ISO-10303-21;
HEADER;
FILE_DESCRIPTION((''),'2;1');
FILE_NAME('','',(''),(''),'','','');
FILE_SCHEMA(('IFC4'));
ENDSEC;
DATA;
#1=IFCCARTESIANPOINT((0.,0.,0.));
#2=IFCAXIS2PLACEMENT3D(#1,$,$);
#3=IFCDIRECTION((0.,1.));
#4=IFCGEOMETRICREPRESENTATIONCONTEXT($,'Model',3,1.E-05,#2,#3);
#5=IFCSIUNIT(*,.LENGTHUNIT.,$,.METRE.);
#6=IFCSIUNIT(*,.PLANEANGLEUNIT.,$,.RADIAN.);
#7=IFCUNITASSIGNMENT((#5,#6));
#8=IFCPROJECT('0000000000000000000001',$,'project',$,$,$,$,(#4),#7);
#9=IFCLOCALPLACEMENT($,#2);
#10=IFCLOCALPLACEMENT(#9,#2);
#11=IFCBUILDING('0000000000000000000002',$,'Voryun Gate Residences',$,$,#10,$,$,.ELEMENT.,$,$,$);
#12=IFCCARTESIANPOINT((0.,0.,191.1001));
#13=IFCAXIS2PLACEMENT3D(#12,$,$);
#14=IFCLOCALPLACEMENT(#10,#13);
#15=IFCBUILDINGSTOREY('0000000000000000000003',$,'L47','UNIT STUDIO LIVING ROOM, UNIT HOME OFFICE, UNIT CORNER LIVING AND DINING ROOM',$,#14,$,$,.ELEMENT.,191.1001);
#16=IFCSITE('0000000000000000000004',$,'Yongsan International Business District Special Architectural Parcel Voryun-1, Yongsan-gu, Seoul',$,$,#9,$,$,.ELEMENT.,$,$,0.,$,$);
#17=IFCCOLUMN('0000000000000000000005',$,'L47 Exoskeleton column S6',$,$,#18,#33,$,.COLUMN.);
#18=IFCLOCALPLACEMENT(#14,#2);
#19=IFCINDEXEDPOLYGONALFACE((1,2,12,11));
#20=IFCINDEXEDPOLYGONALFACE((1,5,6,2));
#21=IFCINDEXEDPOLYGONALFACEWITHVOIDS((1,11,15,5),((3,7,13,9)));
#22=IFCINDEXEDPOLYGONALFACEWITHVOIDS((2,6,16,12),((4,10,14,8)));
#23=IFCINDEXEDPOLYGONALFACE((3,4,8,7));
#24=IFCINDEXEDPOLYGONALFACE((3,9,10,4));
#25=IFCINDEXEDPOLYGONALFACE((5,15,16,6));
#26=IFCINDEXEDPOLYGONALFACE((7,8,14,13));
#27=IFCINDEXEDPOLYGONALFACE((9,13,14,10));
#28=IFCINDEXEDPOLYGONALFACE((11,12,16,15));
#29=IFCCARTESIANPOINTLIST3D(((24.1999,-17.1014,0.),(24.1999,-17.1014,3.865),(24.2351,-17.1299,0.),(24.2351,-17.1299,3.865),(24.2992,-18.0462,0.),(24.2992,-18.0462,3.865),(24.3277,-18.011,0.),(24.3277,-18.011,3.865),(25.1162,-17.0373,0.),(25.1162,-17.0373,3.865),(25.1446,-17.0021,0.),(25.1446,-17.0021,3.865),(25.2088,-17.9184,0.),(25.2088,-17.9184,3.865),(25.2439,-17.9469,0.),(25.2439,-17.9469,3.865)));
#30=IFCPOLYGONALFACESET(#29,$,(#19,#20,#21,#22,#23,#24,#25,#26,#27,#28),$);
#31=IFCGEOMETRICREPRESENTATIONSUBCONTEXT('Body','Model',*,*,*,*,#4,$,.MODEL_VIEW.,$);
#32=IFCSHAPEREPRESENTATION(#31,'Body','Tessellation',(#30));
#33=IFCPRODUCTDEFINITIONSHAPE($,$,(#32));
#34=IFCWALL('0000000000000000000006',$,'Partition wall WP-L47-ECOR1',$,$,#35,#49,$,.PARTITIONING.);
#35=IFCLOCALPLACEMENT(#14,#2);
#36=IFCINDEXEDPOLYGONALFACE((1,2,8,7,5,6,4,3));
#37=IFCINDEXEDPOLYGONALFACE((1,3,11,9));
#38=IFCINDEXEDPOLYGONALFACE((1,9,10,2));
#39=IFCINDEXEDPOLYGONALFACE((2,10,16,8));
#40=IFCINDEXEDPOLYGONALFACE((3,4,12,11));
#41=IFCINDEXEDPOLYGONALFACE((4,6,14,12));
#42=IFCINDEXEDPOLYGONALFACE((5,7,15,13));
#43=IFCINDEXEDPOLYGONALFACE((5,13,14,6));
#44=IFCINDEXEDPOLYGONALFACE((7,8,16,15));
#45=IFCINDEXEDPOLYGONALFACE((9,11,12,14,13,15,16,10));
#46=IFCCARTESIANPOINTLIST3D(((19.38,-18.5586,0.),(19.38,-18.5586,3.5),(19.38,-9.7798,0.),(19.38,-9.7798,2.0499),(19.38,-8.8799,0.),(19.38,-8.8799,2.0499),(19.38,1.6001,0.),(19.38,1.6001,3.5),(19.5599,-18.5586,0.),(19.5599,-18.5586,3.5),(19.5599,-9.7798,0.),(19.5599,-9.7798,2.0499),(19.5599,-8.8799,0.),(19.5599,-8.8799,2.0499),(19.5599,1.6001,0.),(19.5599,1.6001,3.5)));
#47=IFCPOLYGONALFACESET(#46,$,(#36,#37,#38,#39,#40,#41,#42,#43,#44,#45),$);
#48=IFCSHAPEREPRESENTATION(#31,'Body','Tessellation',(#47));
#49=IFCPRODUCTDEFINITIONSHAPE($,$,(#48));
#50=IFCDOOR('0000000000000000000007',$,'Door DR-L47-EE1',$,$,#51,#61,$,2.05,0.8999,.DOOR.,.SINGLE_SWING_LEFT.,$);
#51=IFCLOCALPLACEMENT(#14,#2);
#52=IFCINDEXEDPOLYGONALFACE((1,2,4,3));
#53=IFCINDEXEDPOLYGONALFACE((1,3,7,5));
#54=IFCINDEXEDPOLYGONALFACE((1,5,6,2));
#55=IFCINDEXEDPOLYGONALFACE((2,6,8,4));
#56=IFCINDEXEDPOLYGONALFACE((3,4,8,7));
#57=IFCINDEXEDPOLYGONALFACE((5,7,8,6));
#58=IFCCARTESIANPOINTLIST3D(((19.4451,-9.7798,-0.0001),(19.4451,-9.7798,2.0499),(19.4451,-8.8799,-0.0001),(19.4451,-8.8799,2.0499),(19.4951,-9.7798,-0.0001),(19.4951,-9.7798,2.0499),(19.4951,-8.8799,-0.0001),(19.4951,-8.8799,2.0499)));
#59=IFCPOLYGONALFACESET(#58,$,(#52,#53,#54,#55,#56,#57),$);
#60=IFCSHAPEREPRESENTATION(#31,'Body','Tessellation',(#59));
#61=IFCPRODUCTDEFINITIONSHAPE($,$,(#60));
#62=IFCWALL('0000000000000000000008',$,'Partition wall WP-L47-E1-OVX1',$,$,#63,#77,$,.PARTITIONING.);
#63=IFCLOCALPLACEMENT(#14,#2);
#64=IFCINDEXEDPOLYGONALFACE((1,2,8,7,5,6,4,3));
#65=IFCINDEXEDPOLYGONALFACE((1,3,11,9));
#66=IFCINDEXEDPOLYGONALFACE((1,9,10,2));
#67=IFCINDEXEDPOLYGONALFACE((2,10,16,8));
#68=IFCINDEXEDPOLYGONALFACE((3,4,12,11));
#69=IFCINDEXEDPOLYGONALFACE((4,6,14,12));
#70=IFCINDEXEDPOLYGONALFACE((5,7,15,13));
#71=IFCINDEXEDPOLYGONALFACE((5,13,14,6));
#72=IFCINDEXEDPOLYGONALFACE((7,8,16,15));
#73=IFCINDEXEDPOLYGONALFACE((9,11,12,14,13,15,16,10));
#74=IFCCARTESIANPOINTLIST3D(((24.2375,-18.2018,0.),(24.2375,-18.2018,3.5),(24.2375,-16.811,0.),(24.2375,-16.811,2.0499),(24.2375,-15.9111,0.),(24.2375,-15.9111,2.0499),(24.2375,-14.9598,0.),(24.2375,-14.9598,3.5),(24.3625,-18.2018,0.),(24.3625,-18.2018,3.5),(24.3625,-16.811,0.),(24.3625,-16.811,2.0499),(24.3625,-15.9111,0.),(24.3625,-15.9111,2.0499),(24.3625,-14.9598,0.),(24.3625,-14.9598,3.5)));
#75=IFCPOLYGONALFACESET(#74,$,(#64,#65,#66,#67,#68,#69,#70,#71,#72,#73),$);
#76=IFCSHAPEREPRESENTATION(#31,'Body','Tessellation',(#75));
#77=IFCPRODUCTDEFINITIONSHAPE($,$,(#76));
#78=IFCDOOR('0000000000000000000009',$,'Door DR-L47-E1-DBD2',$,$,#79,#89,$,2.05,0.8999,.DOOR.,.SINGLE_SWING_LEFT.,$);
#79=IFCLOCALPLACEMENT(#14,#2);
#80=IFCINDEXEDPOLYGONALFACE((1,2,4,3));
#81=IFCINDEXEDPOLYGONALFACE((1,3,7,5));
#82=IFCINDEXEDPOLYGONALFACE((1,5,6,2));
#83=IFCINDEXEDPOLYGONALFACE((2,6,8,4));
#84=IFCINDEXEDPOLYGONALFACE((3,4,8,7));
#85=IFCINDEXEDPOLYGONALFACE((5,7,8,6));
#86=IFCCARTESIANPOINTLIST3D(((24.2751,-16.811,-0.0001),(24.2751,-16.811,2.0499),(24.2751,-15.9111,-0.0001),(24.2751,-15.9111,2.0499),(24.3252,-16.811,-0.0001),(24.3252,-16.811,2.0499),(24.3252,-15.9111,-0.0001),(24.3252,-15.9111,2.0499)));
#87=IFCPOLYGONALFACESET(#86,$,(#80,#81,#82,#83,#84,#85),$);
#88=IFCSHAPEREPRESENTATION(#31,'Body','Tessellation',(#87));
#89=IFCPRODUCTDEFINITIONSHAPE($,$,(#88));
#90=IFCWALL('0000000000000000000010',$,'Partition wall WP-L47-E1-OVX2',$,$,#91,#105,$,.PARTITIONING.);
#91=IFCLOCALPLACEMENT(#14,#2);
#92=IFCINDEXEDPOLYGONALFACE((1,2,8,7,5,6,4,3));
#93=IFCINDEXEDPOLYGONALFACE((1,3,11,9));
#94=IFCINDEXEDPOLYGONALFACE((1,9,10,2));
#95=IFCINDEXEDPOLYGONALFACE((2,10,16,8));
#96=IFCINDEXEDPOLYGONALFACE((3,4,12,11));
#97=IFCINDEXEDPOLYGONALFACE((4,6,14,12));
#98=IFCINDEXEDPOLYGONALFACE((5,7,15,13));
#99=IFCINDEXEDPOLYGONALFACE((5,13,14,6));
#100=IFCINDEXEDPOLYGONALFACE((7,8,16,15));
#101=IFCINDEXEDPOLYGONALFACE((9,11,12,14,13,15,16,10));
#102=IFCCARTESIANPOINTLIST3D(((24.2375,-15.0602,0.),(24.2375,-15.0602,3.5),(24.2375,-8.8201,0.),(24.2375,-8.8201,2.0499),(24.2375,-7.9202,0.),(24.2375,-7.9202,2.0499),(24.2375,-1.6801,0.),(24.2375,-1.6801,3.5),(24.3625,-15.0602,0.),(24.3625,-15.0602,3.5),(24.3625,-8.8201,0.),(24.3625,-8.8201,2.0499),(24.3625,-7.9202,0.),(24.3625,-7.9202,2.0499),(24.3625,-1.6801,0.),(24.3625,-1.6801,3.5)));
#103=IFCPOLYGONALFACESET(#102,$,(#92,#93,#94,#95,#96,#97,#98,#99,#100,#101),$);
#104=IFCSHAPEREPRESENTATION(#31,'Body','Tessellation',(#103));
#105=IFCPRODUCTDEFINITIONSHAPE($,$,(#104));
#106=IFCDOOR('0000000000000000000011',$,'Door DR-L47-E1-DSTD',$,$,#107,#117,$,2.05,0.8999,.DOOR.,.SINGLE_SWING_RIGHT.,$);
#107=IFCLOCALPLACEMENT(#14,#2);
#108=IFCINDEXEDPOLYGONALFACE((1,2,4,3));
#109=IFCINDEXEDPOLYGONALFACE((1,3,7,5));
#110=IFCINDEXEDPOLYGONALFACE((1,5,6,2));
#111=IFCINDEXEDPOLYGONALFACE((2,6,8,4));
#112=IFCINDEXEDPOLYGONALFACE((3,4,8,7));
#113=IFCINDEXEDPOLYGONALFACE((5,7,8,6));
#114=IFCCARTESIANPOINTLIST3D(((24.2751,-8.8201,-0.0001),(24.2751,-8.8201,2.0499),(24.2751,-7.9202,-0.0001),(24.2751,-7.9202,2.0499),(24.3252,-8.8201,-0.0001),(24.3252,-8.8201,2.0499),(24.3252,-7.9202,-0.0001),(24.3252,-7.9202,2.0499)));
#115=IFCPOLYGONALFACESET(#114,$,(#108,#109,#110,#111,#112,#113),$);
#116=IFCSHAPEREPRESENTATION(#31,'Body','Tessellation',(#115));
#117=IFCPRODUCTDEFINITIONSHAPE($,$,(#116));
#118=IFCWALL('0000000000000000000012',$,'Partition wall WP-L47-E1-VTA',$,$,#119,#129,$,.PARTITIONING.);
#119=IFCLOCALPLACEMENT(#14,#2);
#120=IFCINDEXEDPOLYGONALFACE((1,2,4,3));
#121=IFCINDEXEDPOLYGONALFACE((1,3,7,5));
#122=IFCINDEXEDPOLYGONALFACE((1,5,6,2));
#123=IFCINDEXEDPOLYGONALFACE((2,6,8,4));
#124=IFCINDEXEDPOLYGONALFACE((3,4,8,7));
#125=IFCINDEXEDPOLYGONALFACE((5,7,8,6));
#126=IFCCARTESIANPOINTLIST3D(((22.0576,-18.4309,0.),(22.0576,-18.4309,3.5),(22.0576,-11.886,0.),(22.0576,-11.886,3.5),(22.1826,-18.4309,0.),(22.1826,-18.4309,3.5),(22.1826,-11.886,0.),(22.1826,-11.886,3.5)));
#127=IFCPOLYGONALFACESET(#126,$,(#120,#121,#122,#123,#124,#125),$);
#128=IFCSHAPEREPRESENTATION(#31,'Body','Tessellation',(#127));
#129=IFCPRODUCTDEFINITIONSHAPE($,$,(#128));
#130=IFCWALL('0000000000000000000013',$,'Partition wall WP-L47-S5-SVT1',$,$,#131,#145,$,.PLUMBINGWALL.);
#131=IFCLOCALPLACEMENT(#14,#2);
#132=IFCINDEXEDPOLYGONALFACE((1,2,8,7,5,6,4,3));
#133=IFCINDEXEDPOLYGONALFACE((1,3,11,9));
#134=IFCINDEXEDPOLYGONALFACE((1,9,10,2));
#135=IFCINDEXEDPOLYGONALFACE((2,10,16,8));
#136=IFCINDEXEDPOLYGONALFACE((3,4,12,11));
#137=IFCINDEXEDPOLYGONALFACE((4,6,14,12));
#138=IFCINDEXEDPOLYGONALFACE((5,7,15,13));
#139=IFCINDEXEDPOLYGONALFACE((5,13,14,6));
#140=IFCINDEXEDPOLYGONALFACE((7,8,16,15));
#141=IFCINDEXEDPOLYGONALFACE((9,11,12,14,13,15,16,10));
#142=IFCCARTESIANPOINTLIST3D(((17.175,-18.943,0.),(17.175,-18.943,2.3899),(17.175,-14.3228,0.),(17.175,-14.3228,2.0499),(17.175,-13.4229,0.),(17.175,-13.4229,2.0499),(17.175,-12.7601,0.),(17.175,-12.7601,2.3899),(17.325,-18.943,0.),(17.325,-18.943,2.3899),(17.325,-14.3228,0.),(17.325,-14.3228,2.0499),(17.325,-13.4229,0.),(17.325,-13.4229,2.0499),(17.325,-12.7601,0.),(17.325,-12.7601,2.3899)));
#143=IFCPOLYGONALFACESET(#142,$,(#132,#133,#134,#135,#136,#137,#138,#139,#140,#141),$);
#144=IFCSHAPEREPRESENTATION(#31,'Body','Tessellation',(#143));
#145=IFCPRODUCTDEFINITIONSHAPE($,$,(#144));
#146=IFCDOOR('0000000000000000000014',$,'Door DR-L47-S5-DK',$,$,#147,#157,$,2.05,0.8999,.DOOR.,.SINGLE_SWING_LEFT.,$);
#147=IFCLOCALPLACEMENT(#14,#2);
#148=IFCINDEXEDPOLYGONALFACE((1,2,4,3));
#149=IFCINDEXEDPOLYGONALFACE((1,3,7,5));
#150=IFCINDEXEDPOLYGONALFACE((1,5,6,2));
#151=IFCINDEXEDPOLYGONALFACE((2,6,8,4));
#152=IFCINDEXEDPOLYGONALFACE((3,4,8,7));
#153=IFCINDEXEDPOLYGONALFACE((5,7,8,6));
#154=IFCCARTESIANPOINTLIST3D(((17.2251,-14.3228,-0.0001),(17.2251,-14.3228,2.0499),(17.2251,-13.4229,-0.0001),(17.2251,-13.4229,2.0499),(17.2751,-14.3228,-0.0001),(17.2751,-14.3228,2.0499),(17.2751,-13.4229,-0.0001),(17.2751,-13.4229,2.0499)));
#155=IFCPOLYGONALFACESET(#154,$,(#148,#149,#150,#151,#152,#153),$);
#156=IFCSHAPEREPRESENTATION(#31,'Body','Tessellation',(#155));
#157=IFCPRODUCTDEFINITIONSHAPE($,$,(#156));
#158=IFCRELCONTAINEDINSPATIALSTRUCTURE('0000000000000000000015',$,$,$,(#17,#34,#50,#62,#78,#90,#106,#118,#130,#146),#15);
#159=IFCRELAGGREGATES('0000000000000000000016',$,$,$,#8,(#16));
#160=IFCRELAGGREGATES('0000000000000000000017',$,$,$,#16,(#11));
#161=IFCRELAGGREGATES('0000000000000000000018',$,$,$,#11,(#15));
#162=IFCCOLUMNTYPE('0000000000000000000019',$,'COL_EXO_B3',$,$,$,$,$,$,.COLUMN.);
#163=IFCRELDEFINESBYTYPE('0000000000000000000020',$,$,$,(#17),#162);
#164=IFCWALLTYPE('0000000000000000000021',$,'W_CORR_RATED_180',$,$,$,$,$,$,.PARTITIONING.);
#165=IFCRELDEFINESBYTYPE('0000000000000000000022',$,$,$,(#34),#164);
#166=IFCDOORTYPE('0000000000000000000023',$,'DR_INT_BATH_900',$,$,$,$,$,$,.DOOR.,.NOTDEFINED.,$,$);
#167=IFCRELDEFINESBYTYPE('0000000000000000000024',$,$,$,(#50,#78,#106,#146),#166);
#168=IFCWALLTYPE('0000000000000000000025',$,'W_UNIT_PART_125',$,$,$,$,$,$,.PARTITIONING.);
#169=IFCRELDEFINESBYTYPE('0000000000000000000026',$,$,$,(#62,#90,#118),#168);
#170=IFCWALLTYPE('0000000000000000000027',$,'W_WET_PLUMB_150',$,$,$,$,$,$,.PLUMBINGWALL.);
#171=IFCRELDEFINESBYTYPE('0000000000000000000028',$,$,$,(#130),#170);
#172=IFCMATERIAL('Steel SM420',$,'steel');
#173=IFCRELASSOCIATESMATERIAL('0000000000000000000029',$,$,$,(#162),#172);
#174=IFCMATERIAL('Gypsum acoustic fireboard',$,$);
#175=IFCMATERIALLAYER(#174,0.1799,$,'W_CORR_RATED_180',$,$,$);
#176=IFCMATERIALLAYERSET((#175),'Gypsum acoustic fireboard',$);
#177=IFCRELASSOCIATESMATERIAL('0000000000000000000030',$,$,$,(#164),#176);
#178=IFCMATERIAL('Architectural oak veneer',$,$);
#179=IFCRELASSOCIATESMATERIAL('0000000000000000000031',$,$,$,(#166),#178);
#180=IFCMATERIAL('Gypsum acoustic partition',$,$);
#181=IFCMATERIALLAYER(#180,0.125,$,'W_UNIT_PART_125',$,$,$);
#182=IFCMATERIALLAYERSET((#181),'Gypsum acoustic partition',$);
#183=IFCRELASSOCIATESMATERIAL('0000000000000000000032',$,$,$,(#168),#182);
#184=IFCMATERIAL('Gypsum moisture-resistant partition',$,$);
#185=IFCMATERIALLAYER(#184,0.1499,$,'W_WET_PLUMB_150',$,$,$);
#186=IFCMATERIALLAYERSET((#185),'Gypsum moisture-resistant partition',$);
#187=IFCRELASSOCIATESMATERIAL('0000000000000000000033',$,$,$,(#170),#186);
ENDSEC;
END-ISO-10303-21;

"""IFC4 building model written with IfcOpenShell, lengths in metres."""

from ifc_helpers import new_model, si_unit, direction, frame, frame_2d, origin, origin_2d, place, context, subcontext, project, spatial, rectangle, hollow_rectangle, extrude, material, layer, layer_set, material_profile, profile_set, type_object, element, fill, save


model = new_model("IFC4")

# Units and contexts
model_context = context("Model", 3, precision=1e-05, world=origin(), true_north=direction((0.0, 1.0)))
body_context = subcontext(model_context, "Body", "Model", "MODEL_VIEW")
ifc_project = project(units=[si_unit("LENGTHUNIT", "METRE"), si_unit("PLANEANGLEUNIT", "RADIAN")], contexts=[model_context])

# Site, building, storey
site_placement = place(None, origin())
site = spatial("IfcSite", under=ifc_project, at=site_placement, Name="Yongsan International Business District Special Architectural Parcel Voryun-1, Yongsan-gu, Seoul", CompositionType="ELEMENT", RefElevation=0.0)
building_placement = place(site_placement, origin())
building = spatial("IfcBuilding", under=site, at=building_placement, Name="Voryun Gate Residences", CompositionType="ELEMENT")
storey_placement = place(building_placement, frame((0.0, 0.0, 191.1001)))
storey = spatial("IfcBuildingStorey", under=building, at=storey_placement, Name="L47", Description="UNIT STUDIO LIVING ROOM, UNIT HOME OFFICE, UNIT CORNER LIVING AND DINING ROOM", CompositionType="ELEMENT", Elevation=191.1001)

# Column
ifc_material_1 = material(Name="Steel SM420", Category="steel")
ifc_material_profile = material_profile(ifc_material_1, hollow_rectangle(XDim=0.95, YDim=0.95, WallThickness=0.032, at=origin_2d()), Name="BOX-950x950x32")
ifc_profile_set = profile_set([ifc_material_profile], Name="Steel SM420")
column_type = type_object("IfcColumnType", Name="COL_EXO_B3", PredefinedType="COLUMN", material=ifc_profile_set)
column_placement = place(storey_placement, frame((24.7219, -17.5242, 0.0), z_axis=(0.0, 0.0, 1.0), x_axis=(0.994522, 0.104528, 0.0)))
element("IfcColumn", 1, at=column_placement, inside=storey, type_object=column_type, Name="L47 Exoskeleton column S6", PredefinedType="COLUMN", context=body_context, shape_type="SweptSolid", body=[
    extrude(hollow_rectangle(XDim=0.95, YDim=0.95, WallThickness=0.032, at=origin_2d()), origin(), (0.0, 0.0, 1.0), 3.865),
])

# Walls, openings, doors
ifc_material_2 = material(Name="Gypsum acoustic fireboard")
ifc_layer_1 = layer(ifc_material_2, 0.1799, Name="W_CORR_RATED_180")
ifc_layer_set_1 = layer_set([ifc_layer_1], Name="Gypsum acoustic fireboard")
wall_type_1 = type_object("IfcWallType", Name="W_CORR_RATED_180", PredefinedType="PARTITIONING", material=ifc_layer_set_1)
wall_1_placement = place(storey_placement, frame((19.47, -18.5586, 0.0), z_axis=(0.0, 0.0, 1.0), x_axis=(0.0, 1.0, 0.0)))
wall_1 = element("IfcWall", 2, at=wall_1_placement, inside=storey, type_object=wall_type_1, Name="Partition wall WP-L47-ECOR1", PredefinedType="PARTITIONING", context=body_context, shape_type="SweptSolid", body=[
    extrude(rectangle(XDim=20.1587, YDim=0.1799, at=frame_2d((10.0793, 0.0))), origin(), (0.0, 0.0, 1.0), 3.5),
])
opening_1_placement = place(wall_1_placement, frame((8.7788, 0.0, 0.0)))
opening_1 = element("IfcOpeningElement", 3, at=opening_1_placement, cuts=wall_1, PredefinedType="OPENING", context=body_context, shape_type="SweptSolid", body=[
    extrude(rectangle(XDim=0.8999, YDim=2.05, at=frame_2d((0.45, 1.0249))), frame((0.0, 0.0999, 0.0), z_axis=(0.0, -1.0, 0.0), x_axis=(1.0, 0.0, 0.0)), (0.0, 0.0, 1.0), 0.2),
])
ifc_material_3 = material(Name="Architectural oak veneer")
door_type = type_object("IfcDoorType", Name="DR_INT_BATH_900", OperationType="NOTDEFINED", PredefinedType="DOOR", material=ifc_material_3)
door_1_placement = place(opening_1_placement, origin())
door_1 = element("IfcDoor", 4, at=door_1_placement, inside=storey, type_object=door_type, Name="Door DR-L47-EE1", OperationType="SINGLE_SWING_LEFT", OverallHeight=2.05, OverallWidth=0.8999, PredefinedType="DOOR", context=body_context, shape_type="SweptSolid", body=[
    extrude(rectangle(XDim=0.8999, YDim=2.05, at=frame_2d((0.45, 1.0249))), frame((0.0, 0.0249, 0.0), z_axis=(0.0, -1.0, 0.0), x_axis=(1.0, 0.0, 0.0)), (0.0, 0.0, 1.0), 0.05),
])
fill(opening_1, door_1)
ifc_material_4 = material(Name="Gypsum acoustic partition")
ifc_layer_2 = layer(ifc_material_4, 0.125, Name="W_UNIT_PART_125")
ifc_layer_set_2 = layer_set([ifc_layer_2], Name="Gypsum acoustic partition")
wall_type_2 = type_object("IfcWallType", Name="W_UNIT_PART_125", PredefinedType="PARTITIONING", material=ifc_layer_set_2)
wall_2_placement = place(storey_placement, frame((24.3, -18.2019, 0.0), z_axis=(0.0, 0.0, 1.0), x_axis=(0.0, 1.0, 0.0)))
wall_2 = element("IfcWall", 5, at=wall_2_placement, inside=storey, type_object=wall_type_2, Name="Partition wall WP-L47-E1-OVX1", PredefinedType="PARTITIONING", context=body_context, shape_type="SweptSolid", body=[
    extrude(rectangle(XDim=3.2419, YDim=0.125, at=frame_2d((1.6211, 0.0))), origin(), (0.0, 0.0, 1.0), 3.5),
])
opening_2_placement = place(wall_2_placement, frame((1.3909, 0.0, 0.0)))
opening_2 = element("IfcOpeningElement", 6, at=opening_2_placement, cuts=wall_2, PredefinedType="OPENING", context=body_context, shape_type="SweptSolid", body=[
    extrude(rectangle(XDim=0.8999, YDim=2.05, at=frame_2d((0.45, 1.0249))), frame((0.0, 0.0725, 0.0), z_axis=(0.0, -1.0, 0.0), x_axis=(1.0, 0.0, 0.0)), (0.0, 0.0, 1.0), 0.145),
])
door_2_placement = place(opening_2_placement, origin())
door_2 = element("IfcDoor", 7, at=door_2_placement, inside=storey, type_object=door_type, Name="Door DR-L47-E1-DBD2", OperationType="SINGLE_SWING_LEFT", OverallHeight=2.05, OverallWidth=0.8999, PredefinedType="DOOR", context=body_context, shape_type="SweptSolid", body=[
    extrude(rectangle(XDim=0.8999, YDim=2.05, at=frame_2d((0.45, 1.0249))), frame((0.0, 0.0249, 0.0), z_axis=(0.0, -1.0, 0.0), x_axis=(1.0, 0.0, 0.0)), (0.0, 0.0, 1.0), 0.05),
])
fill(opening_2, door_2)
wall_3_placement = place(storey_placement, frame((24.3, -15.0601, 0.0), z_axis=(0.0, 0.0, 1.0), x_axis=(0.0, 1.0, 0.0)))
wall_3 = element("IfcWall", 8, at=wall_3_placement, inside=storey, type_object=wall_type_2, Name="Partition wall WP-L47-E1-OVX2", PredefinedType="PARTITIONING", context=body_context, shape_type="SweptSolid", body=[
    extrude(rectangle(XDim=13.3801, YDim=0.125, at=frame_2d((6.6899, 0.0))), origin(), (0.0, 0.0, 1.0), 3.5),
])
opening_3_placement = place(wall_3_placement, frame((6.24, 0.0, 0.0)))
opening_3 = element("IfcOpeningElement", 9, at=opening_3_placement, cuts=wall_3, PredefinedType="OPENING", context=body_context, shape_type="SweptSolid", body=[
    extrude(rectangle(XDim=0.8999, YDim=2.05, at=frame_2d((0.45, 1.0249))), frame((0.0, 0.0725, 0.0), z_axis=(0.0, -1.0, 0.0), x_axis=(1.0, 0.0, 0.0)), (0.0, 0.0, 1.0), 0.145),
])
door_3_placement = place(opening_3_placement, origin())
door_3 = element("IfcDoor", 10, at=door_3_placement, inside=storey, type_object=door_type, Name="Door DR-L47-E1-DSTD", OperationType="SINGLE_SWING_RIGHT", OverallHeight=2.05, OverallWidth=0.8999, PredefinedType="DOOR", context=body_context, shape_type="SweptSolid", body=[
    extrude(rectangle(XDim=0.8999, YDim=2.05, at=frame_2d((0.45, 1.0249))), frame((0.0, 0.0249, 0.0), z_axis=(0.0, -1.0, 0.0), x_axis=(1.0, 0.0, 0.0)), (0.0, 0.0, 1.0), 0.05),
])
fill(opening_3, door_3)

# Wall
wall_4_placement = place(storey_placement, frame((22.1201, -18.4309, 0.0), z_axis=(0.0, 0.0, 1.0), x_axis=(0.0, 1.0, 0.0)))
element("IfcWall", 11, at=wall_4_placement, inside=storey, type_object=wall_type_2, Name="Partition wall WP-L47-E1-VTA", PredefinedType="PARTITIONING", context=body_context, shape_type="SweptSolid", body=[
    extrude(rectangle(XDim=6.5449, YDim=0.125, at=frame_2d((3.2725, 0.0))), origin(), (0.0, 0.0, 1.0), 3.5),
])

# Wall, opening, door
ifc_material_5 = material(Name="Gypsum moisture-resistant partition")
ifc_layer_3 = layer(ifc_material_5, 0.1499, Name="W_WET_PLUMB_150")
ifc_layer_set_3 = layer_set([ifc_layer_3], Name="Gypsum moisture-resistant partition")
wall_type_3 = type_object("IfcWallType", Name="W_WET_PLUMB_150", PredefinedType="PLUMBINGWALL", material=ifc_layer_set_3)
wall_5_placement = place(storey_placement, frame((17.25, -18.9429, 0.0), z_axis=(0.0, 0.0, 1.0), x_axis=(0.0, 1.0, 0.0)))
wall_5 = element("IfcWall", 12, at=wall_5_placement, inside=storey, type_object=wall_type_3, Name="Partition wall WP-L47-S5-SVT1", PredefinedType="PLUMBINGWALL", context=body_context, shape_type="SweptSolid", body=[
    extrude(rectangle(XDim=6.1829, YDim=0.1499, at=frame_2d((3.0913, 0.0))), origin(), (0.0, 0.0, 1.0), 2.3899),
])
opening_4_placement = place(wall_5_placement, frame((4.6201, 0.0, 0.0)))
opening_4 = element("IfcOpeningElement", 13, at=opening_4_placement, cuts=wall_5, PredefinedType="OPENING", context=body_context, shape_type="SweptSolid", body=[
    extrude(rectangle(XDim=0.8999, YDim=2.05, at=frame_2d((0.45, 1.0249))), frame((0.0, 0.085, 0.0), z_axis=(0.0, -1.0, 0.0), x_axis=(1.0, 0.0, 0.0)), (0.0, 0.0, 1.0), 0.1699),
])
door_4_placement = place(opening_4_placement, origin())
door_4 = element("IfcDoor", 14, at=door_4_placement, inside=storey, type_object=door_type, Name="Door DR-L47-S5-DK", OperationType="SINGLE_SWING_LEFT", OverallHeight=2.05, OverallWidth=0.8999, PredefinedType="DOOR", context=body_context, shape_type="SweptSolid", body=[
    extrude(rectangle(XDim=0.8999, YDim=2.05, at=frame_2d((0.45, 1.0249))), frame((0.0, 0.0249, 0.0), z_axis=(0.0, -1.0, 0.0), x_axis=(1.0, 0.0, 0.0)), (0.0, 0.0, 1.0), 0.05),
])
fill(opening_4, door_4)

save(model, "model.ifc")
